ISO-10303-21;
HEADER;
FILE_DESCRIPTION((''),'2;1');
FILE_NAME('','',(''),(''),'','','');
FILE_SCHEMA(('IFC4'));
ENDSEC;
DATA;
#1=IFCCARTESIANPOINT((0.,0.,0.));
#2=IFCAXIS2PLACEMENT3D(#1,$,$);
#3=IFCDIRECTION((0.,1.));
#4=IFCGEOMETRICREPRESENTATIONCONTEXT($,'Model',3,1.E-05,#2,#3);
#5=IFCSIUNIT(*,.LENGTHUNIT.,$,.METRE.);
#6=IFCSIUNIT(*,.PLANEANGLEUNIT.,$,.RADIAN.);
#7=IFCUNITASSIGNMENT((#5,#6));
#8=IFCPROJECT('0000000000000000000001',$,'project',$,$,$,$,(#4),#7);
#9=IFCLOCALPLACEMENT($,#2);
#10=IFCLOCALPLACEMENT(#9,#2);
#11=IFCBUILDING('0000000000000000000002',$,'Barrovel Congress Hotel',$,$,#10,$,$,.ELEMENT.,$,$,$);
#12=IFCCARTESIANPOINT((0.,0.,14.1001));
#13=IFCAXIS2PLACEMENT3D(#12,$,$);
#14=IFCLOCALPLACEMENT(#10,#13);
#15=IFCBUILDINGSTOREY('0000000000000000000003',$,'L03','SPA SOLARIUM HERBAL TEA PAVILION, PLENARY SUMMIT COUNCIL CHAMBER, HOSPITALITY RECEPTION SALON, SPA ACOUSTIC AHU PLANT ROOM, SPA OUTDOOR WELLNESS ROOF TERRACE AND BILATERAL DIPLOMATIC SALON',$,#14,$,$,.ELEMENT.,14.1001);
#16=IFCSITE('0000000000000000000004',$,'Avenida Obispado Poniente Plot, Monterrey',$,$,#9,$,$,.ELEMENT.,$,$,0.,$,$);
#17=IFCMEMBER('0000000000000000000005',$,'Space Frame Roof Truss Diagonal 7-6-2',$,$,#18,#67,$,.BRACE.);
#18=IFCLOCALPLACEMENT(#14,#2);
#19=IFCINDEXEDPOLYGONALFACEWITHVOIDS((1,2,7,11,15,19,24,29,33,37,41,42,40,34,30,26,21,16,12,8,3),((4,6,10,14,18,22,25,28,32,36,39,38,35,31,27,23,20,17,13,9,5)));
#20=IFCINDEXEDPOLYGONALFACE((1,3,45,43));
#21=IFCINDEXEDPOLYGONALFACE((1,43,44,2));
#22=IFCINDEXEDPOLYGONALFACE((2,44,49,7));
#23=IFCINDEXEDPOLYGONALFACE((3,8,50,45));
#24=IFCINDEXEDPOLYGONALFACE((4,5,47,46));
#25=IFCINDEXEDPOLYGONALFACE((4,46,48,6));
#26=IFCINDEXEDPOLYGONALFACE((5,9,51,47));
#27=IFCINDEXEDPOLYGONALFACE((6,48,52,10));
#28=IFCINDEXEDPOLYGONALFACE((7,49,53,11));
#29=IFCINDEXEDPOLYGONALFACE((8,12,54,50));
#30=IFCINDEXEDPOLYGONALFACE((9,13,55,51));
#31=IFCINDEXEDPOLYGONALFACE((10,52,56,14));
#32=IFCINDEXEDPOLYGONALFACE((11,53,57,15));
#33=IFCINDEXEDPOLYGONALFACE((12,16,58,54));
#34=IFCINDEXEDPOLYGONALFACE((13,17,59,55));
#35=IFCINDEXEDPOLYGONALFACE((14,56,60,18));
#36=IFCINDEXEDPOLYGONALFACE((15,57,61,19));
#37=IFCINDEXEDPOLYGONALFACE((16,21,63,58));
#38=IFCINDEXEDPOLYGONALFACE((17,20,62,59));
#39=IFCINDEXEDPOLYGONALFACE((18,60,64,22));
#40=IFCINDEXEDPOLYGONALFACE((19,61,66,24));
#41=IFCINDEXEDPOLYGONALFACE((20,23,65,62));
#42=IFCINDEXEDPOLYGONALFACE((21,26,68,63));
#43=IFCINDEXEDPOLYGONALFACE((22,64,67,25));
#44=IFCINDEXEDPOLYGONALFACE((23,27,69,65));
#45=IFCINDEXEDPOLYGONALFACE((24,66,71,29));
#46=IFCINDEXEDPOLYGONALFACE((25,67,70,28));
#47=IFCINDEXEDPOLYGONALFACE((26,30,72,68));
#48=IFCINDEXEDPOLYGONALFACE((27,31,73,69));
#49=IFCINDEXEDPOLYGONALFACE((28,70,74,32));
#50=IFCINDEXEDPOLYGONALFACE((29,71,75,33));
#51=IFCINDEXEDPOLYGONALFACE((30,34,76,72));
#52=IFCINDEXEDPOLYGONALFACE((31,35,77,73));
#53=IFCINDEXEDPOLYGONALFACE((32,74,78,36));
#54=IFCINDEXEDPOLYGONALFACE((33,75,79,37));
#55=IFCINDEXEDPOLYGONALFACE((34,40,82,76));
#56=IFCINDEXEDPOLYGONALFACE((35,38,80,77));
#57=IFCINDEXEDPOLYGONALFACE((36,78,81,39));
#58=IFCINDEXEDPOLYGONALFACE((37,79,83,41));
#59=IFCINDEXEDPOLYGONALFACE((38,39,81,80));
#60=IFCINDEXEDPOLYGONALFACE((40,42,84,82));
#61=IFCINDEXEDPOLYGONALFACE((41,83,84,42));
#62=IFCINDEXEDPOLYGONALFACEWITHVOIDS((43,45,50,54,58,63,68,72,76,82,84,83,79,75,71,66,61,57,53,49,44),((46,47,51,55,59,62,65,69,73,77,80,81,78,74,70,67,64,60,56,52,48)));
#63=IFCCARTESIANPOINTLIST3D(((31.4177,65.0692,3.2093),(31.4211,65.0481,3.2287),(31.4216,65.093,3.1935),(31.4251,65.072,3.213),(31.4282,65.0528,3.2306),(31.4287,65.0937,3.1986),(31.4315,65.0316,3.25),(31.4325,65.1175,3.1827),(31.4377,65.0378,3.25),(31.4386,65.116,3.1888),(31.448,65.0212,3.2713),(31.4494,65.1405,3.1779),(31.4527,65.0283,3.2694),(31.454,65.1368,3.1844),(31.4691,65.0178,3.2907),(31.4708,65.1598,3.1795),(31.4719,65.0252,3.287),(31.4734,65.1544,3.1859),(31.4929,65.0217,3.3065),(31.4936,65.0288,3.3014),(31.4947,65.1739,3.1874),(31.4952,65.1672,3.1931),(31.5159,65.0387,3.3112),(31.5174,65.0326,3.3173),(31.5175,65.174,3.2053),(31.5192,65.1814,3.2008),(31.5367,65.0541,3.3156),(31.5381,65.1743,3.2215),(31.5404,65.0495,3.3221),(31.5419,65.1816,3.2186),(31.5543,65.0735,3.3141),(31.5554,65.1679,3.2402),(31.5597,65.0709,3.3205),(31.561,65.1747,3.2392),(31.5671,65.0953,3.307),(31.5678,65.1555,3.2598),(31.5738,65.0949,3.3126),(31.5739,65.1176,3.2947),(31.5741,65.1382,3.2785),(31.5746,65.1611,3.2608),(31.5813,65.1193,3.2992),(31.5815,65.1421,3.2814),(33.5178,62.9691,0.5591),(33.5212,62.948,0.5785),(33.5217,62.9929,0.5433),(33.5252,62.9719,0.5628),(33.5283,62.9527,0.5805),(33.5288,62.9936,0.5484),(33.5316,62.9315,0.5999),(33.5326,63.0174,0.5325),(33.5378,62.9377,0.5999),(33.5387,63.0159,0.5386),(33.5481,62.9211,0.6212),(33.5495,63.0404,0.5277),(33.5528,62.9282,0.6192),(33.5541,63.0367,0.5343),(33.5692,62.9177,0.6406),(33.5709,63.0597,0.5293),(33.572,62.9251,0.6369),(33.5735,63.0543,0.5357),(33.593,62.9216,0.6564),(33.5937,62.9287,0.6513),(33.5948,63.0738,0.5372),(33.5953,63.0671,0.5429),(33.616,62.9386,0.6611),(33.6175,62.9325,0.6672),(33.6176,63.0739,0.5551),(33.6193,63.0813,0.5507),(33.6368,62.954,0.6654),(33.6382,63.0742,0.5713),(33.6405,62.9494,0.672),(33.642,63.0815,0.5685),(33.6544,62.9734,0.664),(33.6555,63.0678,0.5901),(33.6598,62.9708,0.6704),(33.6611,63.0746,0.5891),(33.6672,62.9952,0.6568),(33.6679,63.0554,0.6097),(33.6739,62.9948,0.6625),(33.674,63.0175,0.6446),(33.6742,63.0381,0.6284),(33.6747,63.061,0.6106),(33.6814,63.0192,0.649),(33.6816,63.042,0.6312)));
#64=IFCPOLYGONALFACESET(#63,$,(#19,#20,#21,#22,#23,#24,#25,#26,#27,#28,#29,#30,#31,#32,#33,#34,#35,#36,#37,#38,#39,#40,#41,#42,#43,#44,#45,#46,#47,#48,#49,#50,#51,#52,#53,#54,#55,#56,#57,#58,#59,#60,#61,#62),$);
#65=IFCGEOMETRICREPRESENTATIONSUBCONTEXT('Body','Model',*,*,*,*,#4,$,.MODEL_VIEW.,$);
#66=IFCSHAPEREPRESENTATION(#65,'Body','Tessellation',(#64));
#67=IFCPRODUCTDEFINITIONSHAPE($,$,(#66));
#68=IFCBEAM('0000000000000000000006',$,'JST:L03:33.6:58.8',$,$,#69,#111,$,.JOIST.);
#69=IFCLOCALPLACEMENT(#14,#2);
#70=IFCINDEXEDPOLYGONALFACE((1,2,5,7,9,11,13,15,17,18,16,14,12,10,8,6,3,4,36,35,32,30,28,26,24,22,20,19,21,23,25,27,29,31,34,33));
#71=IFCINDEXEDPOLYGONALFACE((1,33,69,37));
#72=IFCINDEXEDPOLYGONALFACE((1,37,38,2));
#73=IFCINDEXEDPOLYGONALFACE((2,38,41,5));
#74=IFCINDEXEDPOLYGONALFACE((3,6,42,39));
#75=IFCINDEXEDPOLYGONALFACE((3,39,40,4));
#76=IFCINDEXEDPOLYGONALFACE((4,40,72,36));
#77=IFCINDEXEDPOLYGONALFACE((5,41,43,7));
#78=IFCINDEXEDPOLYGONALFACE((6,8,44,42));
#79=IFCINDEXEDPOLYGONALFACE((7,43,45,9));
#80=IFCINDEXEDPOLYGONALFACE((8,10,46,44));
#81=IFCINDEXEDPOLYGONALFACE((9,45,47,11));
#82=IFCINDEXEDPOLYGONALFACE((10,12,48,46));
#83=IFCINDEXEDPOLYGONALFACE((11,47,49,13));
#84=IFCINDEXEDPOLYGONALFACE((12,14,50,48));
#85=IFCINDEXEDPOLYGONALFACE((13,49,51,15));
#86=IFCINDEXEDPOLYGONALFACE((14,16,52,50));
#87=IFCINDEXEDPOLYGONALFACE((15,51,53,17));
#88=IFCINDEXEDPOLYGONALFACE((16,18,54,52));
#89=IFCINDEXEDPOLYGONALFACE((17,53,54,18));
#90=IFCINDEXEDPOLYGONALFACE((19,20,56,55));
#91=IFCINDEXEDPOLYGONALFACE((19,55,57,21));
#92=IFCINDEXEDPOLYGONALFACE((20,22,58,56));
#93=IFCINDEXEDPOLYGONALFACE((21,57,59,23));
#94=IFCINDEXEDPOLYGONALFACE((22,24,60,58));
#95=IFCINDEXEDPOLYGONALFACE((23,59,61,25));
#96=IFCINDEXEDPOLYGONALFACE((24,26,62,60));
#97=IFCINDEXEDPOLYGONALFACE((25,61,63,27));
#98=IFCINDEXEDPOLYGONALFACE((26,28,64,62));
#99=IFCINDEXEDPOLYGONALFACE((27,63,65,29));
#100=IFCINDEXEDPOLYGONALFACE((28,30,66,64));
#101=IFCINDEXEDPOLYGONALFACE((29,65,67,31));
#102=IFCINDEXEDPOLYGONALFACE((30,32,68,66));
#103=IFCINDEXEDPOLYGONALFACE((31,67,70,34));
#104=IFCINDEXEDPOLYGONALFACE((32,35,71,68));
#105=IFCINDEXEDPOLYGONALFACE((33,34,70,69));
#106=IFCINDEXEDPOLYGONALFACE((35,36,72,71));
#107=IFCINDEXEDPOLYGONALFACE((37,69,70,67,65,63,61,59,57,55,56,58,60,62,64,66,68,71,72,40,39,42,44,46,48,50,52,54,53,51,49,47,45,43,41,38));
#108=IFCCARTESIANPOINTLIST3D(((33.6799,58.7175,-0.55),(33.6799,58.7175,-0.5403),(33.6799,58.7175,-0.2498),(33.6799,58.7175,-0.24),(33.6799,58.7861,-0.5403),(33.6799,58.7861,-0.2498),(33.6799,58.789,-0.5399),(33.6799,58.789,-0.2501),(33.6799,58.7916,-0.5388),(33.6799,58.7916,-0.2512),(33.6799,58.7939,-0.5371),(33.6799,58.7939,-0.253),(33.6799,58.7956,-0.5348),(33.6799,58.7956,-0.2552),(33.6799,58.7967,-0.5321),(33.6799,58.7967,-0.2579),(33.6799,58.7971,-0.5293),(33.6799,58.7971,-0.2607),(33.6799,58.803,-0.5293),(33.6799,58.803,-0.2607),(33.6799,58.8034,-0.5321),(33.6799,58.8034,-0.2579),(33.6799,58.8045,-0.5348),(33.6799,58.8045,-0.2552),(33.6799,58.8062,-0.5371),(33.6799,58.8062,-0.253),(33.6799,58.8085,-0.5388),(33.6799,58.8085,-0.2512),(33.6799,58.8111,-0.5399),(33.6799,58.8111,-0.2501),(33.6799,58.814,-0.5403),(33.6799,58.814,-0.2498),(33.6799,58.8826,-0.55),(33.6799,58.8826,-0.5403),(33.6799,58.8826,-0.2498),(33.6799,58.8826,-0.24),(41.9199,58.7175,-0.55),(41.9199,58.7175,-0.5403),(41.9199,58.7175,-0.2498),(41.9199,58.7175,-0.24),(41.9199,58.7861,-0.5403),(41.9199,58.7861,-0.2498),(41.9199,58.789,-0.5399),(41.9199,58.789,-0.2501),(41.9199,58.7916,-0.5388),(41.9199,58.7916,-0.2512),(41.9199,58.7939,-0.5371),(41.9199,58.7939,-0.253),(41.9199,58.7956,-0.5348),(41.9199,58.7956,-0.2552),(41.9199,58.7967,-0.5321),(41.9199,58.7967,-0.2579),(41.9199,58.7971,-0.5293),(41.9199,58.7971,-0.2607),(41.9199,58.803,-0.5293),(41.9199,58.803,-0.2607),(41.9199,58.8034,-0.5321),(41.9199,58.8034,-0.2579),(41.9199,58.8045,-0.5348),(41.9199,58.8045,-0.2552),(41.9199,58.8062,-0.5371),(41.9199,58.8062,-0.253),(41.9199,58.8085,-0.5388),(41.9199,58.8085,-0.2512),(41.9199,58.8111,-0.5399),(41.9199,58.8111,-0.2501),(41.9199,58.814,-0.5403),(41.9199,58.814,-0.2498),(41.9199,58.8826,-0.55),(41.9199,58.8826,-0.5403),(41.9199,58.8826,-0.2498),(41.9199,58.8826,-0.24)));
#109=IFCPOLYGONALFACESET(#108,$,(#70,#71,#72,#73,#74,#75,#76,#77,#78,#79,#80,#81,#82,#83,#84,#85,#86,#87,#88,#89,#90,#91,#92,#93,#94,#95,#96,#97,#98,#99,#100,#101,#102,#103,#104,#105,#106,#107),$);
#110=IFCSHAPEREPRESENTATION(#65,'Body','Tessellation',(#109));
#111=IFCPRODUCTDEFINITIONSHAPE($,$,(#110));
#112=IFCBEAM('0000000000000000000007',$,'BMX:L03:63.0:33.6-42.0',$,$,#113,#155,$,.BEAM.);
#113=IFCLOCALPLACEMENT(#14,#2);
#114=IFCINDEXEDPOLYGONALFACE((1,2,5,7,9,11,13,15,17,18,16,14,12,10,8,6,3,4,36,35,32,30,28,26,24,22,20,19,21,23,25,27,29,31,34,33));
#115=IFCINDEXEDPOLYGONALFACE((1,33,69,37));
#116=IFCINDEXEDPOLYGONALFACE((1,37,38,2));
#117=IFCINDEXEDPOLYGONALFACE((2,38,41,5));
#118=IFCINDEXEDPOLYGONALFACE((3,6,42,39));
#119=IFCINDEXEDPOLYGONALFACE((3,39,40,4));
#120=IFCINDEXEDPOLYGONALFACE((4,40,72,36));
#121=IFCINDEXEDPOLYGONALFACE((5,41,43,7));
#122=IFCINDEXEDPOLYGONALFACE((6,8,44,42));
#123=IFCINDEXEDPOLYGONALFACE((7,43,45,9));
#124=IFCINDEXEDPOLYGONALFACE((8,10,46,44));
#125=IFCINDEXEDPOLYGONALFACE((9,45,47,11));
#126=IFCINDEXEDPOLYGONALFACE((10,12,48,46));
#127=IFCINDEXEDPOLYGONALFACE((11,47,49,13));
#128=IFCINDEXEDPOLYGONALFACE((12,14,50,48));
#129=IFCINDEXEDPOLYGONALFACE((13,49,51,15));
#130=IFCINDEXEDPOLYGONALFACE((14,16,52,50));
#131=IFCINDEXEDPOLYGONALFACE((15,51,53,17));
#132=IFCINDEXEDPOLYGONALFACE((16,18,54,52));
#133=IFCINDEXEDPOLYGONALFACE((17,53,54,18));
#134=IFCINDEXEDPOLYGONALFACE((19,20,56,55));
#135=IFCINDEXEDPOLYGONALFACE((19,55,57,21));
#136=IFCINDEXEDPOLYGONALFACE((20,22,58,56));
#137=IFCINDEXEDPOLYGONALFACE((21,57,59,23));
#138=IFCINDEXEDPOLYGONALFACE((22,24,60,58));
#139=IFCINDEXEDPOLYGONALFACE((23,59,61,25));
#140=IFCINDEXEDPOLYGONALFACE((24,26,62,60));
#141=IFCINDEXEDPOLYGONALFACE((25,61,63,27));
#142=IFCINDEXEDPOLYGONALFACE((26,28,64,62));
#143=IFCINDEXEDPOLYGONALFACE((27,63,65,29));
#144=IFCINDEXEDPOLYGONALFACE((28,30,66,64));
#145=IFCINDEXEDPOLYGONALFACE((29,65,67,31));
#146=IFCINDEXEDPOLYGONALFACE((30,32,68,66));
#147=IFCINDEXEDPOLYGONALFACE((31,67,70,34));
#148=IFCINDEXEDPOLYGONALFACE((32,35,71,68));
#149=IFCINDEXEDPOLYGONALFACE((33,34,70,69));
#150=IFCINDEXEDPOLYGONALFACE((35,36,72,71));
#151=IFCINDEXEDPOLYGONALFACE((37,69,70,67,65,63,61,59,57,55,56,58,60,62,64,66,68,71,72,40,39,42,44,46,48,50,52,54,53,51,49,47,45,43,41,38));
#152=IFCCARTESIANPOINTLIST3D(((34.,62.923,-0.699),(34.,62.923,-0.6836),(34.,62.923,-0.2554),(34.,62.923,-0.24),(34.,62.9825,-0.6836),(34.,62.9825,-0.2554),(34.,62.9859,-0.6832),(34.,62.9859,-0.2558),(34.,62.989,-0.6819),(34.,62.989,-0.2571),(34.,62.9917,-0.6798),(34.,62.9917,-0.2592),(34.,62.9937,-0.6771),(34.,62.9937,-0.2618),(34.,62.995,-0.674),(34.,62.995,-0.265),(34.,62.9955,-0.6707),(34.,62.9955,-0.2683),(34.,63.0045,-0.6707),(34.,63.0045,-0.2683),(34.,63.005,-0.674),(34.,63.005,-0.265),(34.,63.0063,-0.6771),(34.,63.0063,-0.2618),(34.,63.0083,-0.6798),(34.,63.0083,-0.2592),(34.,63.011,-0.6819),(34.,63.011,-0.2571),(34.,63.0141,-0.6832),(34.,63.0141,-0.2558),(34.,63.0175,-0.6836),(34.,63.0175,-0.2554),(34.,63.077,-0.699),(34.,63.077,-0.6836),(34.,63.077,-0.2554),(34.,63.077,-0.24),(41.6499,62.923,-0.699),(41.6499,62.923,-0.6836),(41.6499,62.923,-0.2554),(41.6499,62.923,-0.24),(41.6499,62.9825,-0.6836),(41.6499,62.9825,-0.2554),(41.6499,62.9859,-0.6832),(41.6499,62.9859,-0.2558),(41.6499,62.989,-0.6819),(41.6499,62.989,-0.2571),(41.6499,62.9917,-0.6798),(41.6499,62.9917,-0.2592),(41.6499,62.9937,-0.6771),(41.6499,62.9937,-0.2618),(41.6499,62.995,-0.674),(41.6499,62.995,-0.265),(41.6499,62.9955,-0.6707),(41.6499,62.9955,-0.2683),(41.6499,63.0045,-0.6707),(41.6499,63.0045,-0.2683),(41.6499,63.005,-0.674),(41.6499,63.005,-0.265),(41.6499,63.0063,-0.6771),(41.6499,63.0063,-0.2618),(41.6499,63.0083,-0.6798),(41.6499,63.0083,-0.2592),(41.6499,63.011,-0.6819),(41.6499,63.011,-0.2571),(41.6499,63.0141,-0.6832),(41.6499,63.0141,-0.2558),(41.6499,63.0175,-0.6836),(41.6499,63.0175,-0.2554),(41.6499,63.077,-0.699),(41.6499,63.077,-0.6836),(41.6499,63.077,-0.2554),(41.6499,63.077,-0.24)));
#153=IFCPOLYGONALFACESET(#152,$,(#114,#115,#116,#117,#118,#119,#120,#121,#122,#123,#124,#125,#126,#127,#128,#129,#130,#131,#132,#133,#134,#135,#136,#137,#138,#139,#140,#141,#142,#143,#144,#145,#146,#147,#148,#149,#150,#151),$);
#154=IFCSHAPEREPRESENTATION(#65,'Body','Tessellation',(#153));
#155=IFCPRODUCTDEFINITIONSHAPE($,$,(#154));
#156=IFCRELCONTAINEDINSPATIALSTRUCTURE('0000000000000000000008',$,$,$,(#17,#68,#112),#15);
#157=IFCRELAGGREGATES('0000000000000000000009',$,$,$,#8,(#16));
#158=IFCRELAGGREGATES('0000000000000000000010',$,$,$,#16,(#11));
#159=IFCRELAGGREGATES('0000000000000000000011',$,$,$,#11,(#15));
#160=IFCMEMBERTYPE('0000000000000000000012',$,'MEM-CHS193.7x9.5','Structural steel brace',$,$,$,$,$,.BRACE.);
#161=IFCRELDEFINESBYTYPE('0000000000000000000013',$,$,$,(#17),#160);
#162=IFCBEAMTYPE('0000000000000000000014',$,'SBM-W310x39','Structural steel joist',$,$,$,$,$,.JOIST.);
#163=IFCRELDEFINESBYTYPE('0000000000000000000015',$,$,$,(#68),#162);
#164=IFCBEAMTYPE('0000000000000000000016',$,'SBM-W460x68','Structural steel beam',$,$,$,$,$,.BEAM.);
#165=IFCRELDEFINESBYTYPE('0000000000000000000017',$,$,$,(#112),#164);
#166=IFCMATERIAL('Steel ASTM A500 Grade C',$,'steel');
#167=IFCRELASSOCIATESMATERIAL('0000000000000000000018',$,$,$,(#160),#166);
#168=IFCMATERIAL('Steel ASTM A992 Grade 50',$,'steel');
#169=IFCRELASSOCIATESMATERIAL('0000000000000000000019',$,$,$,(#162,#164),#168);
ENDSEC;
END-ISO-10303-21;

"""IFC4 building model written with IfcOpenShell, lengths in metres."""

from ifc_helpers import new_model, si_unit, direction, frame, origin, origin_2d, place, context, subcontext, project, spatial, hollow_circle, i_section, extrude, material, material_profile, profile_set, type_object, element, save


model = new_model("IFC4")

# Units and contexts
model_context = context("Model", 3, precision=1e-05, world=origin(), true_north=direction((0.0, 1.0)))
body_context = subcontext(model_context, "Body", "Model", "MODEL_VIEW")
ifc_project = project(units=[si_unit("LENGTHUNIT", "METRE"), si_unit("PLANEANGLEUNIT", "RADIAN")], contexts=[model_context])

# Site, building, storey
site_placement = place(None, origin())
site = spatial("IfcSite", under=ifc_project, at=site_placement, Name="Avenida Obispado Poniente Plot, Monterrey", CompositionType="ELEMENT", RefElevation=0.0)
building_placement = place(site_placement, origin())
building = spatial("IfcBuilding", under=site, at=building_placement, Name="Barrovel Congress Hotel", CompositionType="ELEMENT")
storey_placement = place(building_placement, frame((0.0, 0.0, 14.1001)))
storey = spatial("IfcBuildingStorey", under=building, at=storey_placement, Name="L03", Description="SPA SOLARIUM HERBAL TEA PAVILION, PLENARY SUMMIT COUNCIL CHAMBER, HOSPITALITY RECEPTION SALON, SPA ACOUSTIC AHU PLANT ROOM, SPA OUTDOOR WELLNESS ROOF TERRACE AND BILATERAL DIPLOMATIC SALON", CompositionType="ELEMENT", Elevation=14.1001)

# Member
ifc_material_1 = material(Name="Steel ASTM A500 Grade C", Category="steel")
ifc_material_profile_1 = material_profile(ifc_material_1, hollow_circle(Radius=0.0969, WallThickness=0.0088, at=origin_2d()), Name="CHS193.7x9.5")
ifc_profile_set_1 = profile_set([ifc_material_profile_1], Name="Steel ASTM A500 Grade C")
member_type_1 = type_object("IfcMemberType", Name="MEM-CHS193.7x9.5", Description="Structural steel brace", PredefinedType="BRACE", material=ifc_profile_set_1)
for number, where, z_axis, x_axis, name in (
    (1, (33.6001, 63.0, 0.5999), (-0.527601, 0.527601, 0.665788), (-0.707107, -0.707107, 0.0), "Space Frame Roof Truss Diagonal 7-6-2"),
):
    element("IfcMember", number, at=place(storey_placement, frame(where, z_axis=z_axis, x_axis=x_axis)), inside=storey, type_object=member_type_1, Name=name, PredefinedType="BRACE", context=body_context, shape_type="SweptSolid", body=[
        extrude(hollow_circle(Radius=0.0969, WallThickness=0.0088, at=origin_2d()), origin(), (0.0, 0.0, 1.0), 3.9805),
    ])

# Beams
ifc_material_2 = material(Name="Steel ASTM A992 Grade 50", Category="steel")
ifc_material_profile_2 = material_profile(ifc_material_2, i_section(OverallWidth=0.165, OverallDepth=0.3101, WebThickness=0.0059, FlangeThickness=0.0098, FilletRadius=0.011, at=origin_2d()), Name="W310x39")
ifc_profile_set_2 = profile_set([ifc_material_profile_2], Name="Steel ASTM A992 Grade 50")
beam_type_1 = type_object("IfcBeamType", Name="SBM-W310x39", Description="Structural steel joist", PredefinedType="JOIST", material=ifc_profile_set_2)
beam_1_placement = place(storey_placement, frame((33.6799, 58.8, -0.395), z_axis=(1.0, 0.0, 0.0), x_axis=(0.0, 1.0, 0.0)))
element("IfcBeam", 2, at=beam_1_placement, inside=storey, type_object=beam_type_1, Name="JST:L03:33.6:58.8", PredefinedType="JOIST", context=body_context, shape_type="SweptSolid", body=[
    extrude(i_section(OverallWidth=0.165, OverallDepth=0.3101, WebThickness=0.0059, FlangeThickness=0.0098, FilletRadius=0.011, at=origin_2d()), origin(), (0.0, 0.0, 1.0), 8.24),
])
ifc_material_profile_3 = material_profile(ifc_material_2, i_section(OverallWidth=0.1541, OverallDepth=0.459, WebThickness=0.009, FlangeThickness=0.0154, FilletRadius=0.0129, at=origin_2d()), Name="W460x68")
ifc_profile_set_3 = profile_set([ifc_material_profile_3], Name="Steel ASTM A992 Grade 50")
beam_type_2 = type_object("IfcBeamType", Name="SBM-W460x68", Description="Structural steel beam", PredefinedType="BEAM", material=ifc_profile_set_3)
beam_2_placement = place(storey_placement, frame((34.0, 63.0, -0.4695), z_axis=(1.0, 0.0, 0.0), x_axis=(0.0, 1.0, 0.0)))
element("IfcBeam", 3, at=beam_2_placement, inside=storey, type_object=beam_type_2, Name="BMX:L03:63.0:33.6-42.0", PredefinedType="BEAM", context=body_context, shape_type="SweptSolid", body=[
    extrude(i_section(OverallWidth=0.1541, OverallDepth=0.459, WebThickness=0.009, FlangeThickness=0.0154, FilletRadius=0.0129, at=origin_2d()), origin(), (0.0, 0.0, 1.0), 7.6499),
])

save(model, "model.ifc")
